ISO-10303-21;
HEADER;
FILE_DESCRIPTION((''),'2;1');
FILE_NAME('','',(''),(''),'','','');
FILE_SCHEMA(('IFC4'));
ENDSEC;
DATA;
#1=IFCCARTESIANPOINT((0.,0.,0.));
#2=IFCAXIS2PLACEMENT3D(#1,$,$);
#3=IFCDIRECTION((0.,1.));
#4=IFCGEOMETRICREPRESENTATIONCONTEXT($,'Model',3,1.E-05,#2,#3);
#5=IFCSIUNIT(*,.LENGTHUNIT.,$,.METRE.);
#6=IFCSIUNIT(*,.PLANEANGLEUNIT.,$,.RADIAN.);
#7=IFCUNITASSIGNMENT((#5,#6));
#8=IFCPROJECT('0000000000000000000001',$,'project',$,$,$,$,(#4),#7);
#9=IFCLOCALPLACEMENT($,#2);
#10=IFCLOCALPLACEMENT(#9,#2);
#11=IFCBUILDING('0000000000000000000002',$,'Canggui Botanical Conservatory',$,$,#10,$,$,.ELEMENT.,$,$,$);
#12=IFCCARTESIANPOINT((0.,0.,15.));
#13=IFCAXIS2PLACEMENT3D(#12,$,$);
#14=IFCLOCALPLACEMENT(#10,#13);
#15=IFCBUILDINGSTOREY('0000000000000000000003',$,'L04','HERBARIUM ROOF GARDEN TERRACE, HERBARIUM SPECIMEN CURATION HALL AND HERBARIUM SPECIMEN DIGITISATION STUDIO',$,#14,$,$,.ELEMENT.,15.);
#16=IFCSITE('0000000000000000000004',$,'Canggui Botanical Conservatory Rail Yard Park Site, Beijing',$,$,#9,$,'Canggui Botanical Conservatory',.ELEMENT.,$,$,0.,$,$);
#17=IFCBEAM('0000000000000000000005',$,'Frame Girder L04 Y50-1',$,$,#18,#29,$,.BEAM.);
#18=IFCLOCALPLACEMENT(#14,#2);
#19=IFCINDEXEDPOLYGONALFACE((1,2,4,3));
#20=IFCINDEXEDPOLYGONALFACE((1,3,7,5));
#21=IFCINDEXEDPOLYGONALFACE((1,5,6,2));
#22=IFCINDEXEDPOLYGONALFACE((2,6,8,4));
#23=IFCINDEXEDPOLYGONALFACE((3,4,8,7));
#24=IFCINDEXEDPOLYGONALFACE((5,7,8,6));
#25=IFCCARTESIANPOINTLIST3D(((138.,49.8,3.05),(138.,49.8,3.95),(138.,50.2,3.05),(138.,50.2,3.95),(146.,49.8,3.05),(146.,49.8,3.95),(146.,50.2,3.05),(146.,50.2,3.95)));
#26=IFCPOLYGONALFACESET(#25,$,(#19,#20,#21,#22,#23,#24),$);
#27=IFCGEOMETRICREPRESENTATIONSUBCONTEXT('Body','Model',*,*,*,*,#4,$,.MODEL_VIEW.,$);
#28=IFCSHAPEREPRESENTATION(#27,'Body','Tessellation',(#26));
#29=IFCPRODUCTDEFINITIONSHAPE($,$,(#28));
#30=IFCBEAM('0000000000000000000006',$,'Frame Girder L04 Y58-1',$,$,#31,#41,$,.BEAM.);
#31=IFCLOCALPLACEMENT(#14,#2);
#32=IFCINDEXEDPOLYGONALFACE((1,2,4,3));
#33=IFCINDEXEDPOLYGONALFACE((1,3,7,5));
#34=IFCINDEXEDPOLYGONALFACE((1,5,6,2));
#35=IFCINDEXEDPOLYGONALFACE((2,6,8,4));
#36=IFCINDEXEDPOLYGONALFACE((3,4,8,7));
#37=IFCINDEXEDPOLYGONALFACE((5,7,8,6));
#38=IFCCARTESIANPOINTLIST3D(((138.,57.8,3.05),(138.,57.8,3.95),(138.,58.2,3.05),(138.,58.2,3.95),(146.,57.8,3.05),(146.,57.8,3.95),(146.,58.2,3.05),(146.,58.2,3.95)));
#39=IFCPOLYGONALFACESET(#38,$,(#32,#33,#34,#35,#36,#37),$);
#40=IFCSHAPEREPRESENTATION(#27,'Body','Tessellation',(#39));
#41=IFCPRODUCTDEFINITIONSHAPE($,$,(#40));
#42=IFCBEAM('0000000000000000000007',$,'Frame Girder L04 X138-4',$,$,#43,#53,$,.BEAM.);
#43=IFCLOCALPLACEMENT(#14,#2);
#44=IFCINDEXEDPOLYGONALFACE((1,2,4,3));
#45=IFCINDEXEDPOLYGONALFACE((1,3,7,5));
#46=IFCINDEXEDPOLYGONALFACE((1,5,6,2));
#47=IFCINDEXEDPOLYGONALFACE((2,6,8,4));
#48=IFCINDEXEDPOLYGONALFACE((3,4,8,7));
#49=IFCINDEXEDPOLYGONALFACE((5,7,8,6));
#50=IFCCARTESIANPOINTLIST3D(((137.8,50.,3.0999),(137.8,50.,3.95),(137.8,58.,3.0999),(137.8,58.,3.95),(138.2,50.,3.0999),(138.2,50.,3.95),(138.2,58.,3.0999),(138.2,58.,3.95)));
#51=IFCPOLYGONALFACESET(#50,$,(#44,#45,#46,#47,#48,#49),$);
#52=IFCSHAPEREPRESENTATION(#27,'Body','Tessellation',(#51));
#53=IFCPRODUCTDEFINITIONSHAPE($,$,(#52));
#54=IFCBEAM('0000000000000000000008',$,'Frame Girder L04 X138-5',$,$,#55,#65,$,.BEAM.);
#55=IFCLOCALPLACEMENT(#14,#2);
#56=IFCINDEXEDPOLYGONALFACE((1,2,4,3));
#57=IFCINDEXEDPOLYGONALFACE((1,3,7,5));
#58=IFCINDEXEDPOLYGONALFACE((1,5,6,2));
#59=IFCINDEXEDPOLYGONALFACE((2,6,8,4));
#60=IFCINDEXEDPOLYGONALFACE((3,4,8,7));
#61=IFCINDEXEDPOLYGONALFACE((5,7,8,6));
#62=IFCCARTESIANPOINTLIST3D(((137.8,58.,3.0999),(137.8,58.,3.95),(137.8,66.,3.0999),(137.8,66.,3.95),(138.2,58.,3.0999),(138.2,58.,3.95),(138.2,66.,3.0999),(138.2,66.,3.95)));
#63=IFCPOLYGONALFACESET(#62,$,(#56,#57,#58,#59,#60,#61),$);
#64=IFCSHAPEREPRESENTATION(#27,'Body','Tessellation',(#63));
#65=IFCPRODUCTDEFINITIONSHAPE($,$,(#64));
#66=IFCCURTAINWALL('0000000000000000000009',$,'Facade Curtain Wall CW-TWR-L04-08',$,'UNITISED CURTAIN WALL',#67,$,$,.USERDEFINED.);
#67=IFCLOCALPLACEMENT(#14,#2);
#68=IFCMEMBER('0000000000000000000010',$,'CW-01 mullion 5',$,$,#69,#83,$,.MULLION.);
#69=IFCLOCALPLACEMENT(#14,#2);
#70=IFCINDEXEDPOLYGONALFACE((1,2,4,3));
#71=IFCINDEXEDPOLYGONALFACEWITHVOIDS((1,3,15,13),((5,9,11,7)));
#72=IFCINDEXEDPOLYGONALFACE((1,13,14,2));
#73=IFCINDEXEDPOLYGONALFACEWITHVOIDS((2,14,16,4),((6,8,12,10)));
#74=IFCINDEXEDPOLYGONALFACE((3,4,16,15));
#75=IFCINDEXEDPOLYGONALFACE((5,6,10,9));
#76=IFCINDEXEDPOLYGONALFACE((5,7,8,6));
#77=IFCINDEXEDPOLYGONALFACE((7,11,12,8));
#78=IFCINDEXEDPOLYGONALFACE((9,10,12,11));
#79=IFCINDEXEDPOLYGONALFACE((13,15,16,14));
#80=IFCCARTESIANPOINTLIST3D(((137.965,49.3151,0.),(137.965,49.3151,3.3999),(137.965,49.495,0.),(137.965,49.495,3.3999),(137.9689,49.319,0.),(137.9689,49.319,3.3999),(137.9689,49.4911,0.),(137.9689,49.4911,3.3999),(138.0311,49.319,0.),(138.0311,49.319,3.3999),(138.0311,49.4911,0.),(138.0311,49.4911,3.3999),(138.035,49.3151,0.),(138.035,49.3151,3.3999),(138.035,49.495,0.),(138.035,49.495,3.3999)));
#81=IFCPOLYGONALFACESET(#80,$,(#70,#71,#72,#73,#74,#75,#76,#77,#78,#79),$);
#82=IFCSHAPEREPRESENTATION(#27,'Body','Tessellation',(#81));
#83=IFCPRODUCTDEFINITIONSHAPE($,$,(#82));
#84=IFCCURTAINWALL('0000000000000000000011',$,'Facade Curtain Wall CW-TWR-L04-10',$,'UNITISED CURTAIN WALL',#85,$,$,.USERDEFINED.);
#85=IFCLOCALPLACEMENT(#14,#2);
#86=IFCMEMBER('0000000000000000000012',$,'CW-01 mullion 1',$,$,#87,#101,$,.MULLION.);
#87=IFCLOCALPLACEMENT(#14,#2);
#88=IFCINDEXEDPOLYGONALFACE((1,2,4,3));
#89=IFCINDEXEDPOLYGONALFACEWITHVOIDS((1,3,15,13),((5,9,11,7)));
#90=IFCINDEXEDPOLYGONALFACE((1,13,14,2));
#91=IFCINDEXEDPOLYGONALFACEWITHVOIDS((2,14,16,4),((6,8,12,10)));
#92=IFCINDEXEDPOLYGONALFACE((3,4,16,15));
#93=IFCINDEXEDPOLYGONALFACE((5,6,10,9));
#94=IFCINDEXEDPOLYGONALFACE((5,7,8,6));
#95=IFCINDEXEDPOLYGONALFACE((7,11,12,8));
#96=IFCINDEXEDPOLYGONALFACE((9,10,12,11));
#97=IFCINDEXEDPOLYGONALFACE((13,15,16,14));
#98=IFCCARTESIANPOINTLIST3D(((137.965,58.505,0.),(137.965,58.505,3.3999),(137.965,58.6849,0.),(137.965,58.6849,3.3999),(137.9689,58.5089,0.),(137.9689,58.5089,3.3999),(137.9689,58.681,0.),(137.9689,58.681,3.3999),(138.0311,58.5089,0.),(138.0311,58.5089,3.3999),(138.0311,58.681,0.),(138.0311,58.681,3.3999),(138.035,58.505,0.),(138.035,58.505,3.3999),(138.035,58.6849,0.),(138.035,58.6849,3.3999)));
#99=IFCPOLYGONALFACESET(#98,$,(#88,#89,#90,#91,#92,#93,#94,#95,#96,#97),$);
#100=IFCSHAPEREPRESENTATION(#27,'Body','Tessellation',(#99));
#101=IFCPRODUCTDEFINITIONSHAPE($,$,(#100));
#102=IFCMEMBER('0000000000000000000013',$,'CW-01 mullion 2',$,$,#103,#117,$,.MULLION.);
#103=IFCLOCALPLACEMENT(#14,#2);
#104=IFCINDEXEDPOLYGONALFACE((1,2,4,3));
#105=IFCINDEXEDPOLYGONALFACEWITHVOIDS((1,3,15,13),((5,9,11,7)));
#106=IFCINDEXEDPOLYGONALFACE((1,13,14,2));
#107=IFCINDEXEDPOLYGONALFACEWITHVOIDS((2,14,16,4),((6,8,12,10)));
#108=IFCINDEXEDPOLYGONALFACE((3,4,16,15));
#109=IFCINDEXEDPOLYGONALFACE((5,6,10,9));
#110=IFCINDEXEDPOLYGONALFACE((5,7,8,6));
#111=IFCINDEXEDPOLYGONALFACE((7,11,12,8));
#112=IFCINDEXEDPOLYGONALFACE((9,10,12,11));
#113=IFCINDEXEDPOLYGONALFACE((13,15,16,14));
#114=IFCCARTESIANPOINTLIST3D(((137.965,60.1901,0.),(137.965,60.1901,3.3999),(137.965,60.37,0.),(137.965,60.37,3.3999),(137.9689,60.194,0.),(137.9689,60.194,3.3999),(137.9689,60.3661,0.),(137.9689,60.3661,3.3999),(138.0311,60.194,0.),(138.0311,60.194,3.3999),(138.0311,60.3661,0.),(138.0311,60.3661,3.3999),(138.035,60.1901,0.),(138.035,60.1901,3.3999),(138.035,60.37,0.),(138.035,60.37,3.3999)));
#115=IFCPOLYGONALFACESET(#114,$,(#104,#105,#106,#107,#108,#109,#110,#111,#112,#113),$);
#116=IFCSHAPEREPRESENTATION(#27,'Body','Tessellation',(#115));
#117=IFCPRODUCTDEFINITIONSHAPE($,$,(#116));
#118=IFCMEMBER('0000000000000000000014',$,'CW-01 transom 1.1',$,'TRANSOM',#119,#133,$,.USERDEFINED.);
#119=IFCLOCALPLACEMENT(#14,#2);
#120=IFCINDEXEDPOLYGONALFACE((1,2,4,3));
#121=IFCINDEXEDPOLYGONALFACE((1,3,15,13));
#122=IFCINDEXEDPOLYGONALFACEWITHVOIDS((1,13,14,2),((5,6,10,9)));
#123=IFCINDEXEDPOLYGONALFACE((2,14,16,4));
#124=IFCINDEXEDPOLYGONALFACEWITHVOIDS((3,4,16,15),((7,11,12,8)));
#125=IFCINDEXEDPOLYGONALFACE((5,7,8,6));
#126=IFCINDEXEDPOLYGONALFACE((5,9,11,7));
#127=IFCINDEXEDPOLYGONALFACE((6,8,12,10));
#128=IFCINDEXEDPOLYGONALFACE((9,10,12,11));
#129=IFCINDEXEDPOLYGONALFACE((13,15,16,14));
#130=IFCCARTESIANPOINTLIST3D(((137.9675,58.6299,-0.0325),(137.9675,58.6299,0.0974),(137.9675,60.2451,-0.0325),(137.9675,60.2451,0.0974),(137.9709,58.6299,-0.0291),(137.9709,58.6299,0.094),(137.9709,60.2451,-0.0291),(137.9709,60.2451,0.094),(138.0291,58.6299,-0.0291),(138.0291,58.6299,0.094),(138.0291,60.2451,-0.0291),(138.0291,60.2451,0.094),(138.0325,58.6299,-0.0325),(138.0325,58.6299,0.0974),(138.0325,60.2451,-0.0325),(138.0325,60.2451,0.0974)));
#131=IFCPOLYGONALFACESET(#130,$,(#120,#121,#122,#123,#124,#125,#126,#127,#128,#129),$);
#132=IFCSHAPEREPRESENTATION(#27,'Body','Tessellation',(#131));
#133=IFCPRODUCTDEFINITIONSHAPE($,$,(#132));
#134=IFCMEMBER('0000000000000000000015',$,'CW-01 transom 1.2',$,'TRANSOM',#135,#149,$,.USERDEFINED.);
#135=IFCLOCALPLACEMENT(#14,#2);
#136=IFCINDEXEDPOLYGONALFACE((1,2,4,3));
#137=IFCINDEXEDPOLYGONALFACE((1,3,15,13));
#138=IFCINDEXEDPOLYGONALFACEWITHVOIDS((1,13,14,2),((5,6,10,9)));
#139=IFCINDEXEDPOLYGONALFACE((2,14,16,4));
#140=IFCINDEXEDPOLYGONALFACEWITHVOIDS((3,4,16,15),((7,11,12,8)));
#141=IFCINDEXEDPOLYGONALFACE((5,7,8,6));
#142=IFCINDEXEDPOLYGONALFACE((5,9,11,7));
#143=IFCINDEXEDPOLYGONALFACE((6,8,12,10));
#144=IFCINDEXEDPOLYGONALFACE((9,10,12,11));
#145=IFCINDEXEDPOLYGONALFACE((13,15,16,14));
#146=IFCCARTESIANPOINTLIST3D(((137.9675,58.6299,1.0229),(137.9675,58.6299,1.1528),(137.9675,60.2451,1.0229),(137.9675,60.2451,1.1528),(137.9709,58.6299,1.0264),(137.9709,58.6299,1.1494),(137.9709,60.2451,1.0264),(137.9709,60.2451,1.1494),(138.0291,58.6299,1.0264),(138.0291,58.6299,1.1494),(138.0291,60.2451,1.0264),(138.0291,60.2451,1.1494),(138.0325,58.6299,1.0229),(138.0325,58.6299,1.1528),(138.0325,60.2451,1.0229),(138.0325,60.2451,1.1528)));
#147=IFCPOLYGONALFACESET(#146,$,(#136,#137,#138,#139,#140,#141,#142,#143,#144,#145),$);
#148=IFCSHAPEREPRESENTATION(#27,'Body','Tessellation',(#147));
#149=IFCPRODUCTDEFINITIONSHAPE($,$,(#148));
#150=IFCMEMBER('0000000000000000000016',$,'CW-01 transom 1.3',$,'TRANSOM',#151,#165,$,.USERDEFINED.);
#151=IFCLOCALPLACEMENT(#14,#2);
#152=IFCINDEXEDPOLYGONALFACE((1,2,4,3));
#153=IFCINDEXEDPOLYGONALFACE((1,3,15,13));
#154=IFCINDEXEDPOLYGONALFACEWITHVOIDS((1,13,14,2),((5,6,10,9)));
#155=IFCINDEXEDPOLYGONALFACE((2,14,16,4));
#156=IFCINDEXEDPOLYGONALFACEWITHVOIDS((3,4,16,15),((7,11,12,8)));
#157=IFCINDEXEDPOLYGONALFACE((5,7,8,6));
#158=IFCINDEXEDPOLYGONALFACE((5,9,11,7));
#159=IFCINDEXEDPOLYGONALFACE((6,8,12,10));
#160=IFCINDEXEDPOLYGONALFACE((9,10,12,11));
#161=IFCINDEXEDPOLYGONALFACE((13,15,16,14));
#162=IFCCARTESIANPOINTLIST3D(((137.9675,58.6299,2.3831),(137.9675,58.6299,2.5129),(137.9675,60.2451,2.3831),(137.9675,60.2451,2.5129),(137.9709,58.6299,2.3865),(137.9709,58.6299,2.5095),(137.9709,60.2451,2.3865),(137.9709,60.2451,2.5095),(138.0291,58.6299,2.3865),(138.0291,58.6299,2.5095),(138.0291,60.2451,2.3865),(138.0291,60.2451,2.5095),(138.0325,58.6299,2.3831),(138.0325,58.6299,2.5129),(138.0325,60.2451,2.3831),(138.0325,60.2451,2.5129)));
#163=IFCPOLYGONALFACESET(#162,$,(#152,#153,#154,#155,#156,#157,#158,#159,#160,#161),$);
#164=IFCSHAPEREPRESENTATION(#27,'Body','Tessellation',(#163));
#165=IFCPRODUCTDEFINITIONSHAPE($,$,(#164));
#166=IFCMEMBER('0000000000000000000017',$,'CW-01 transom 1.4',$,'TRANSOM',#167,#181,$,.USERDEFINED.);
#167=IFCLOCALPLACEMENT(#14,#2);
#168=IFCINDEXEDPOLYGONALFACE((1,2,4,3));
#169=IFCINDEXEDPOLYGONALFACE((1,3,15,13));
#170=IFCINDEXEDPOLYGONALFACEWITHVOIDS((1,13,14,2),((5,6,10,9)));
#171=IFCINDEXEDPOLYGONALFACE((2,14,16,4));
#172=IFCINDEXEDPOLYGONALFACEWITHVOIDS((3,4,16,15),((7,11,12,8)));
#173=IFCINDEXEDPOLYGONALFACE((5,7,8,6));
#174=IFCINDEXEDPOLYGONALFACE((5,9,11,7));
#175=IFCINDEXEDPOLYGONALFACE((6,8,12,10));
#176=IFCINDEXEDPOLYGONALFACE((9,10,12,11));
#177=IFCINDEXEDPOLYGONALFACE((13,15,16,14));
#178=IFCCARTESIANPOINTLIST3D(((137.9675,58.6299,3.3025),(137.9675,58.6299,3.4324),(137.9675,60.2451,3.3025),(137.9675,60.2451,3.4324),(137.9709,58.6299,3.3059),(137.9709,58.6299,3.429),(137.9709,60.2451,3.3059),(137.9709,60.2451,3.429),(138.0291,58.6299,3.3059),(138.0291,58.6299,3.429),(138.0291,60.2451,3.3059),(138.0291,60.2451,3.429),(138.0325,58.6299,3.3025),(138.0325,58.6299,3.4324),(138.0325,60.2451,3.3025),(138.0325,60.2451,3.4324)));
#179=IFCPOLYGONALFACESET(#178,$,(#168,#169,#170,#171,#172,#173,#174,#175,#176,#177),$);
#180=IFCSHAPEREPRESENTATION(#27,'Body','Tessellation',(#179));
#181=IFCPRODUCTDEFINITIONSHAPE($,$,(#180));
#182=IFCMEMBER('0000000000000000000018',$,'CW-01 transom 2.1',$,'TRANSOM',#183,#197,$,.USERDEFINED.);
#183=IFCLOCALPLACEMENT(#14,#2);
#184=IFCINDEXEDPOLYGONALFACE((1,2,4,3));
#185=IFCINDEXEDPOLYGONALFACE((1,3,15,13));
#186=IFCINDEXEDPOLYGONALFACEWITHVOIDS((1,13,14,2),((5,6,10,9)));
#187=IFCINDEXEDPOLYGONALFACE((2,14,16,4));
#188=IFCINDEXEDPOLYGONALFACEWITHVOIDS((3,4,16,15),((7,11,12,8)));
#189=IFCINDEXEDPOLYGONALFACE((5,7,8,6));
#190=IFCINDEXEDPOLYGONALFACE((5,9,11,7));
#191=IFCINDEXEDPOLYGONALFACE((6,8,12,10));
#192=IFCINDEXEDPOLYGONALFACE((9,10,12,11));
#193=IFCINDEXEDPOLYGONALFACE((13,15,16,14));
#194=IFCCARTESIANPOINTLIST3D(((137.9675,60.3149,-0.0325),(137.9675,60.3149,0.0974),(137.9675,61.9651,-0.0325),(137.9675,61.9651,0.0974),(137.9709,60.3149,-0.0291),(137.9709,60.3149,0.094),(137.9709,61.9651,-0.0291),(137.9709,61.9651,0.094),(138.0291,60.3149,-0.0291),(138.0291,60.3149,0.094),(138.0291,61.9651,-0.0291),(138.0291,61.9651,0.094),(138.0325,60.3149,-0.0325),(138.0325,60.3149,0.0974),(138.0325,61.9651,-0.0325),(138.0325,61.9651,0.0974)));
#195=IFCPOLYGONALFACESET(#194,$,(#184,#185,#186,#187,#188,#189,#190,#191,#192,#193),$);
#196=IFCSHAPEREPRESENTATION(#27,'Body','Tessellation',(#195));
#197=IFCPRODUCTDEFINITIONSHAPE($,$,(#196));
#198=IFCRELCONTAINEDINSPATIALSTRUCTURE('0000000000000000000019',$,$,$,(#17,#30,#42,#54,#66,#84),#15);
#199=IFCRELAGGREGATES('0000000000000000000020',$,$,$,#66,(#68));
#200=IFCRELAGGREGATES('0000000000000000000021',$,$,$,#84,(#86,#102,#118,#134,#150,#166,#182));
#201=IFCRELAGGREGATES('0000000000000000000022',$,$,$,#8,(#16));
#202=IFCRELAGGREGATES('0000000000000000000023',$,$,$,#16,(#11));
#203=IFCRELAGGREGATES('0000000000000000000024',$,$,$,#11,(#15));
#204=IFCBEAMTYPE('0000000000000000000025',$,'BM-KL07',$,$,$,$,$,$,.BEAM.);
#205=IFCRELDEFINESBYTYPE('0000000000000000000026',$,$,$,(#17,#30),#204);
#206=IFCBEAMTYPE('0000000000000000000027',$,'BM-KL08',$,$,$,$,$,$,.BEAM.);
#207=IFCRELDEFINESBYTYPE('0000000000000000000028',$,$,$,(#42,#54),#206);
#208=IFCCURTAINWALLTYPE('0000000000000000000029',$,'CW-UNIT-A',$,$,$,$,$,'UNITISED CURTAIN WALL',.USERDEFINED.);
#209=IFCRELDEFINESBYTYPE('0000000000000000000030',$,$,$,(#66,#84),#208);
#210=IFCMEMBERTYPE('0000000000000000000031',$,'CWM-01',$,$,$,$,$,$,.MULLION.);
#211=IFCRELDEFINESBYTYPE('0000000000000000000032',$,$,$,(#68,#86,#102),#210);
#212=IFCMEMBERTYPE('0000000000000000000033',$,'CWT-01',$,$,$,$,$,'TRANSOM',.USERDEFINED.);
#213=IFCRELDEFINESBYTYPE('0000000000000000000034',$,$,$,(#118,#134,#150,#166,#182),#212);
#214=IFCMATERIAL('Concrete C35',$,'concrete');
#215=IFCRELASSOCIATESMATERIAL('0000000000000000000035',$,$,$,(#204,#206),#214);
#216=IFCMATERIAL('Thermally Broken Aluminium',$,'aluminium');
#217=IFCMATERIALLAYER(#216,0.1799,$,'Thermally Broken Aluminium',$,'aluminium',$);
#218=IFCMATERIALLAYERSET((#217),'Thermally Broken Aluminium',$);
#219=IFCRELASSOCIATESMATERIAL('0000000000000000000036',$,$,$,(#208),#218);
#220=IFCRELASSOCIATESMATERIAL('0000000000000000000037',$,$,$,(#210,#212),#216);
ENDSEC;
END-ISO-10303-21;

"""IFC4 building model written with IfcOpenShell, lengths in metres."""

from ifc_helpers import new_model, si_unit, direction, frame, origin, origin_2d, place, context, subcontext, project, spatial, rectangle, hollow_rectangle, extrude, material, layer, layer_set, material_profile, profile_set, type_object, element, aggregate, save


model = new_model("IFC4")

# Units and contexts
model_context = context("Model", 3, precision=1e-05, world=origin(), true_north=direction((0.0, 1.0)))
body_context = subcontext(model_context, "Body", "Model", "MODEL_VIEW")
ifc_project = project(units=[si_unit("LENGTHUNIT", "METRE"), si_unit("PLANEANGLEUNIT", "RADIAN")], contexts=[model_context])

# Site, building, storey
site_placement = place(None, origin())
site = spatial("IfcSite", under=ifc_project, at=site_placement, Name="Canggui Botanical Conservatory Rail Yard Park Site, Beijing", LongName="Canggui Botanical Conservatory", CompositionType="ELEMENT", RefElevation=0.0)
building_placement = place(site_placement, origin())
building = spatial("IfcBuilding", under=site, at=building_placement, Name="Canggui Botanical Conservatory", CompositionType="ELEMENT")
storey_placement = place(building_placement, frame((0.0, 0.0, 15.0)))
storey = spatial("IfcBuildingStorey", under=building, at=storey_placement, Name="L04", Description="HERBARIUM ROOF GARDEN TERRACE, HERBARIUM SPECIMEN CURATION HALL AND HERBARIUM SPECIMEN DIGITISATION STUDIO", CompositionType="ELEMENT", Elevation=15.0)

# Beams
ifc_material_1 = material(Name="Concrete C35", Category="concrete")
ifc_material_profile_1 = material_profile(ifc_material_1, rectangle(XDim=0.3999, YDim=0.8999, at=origin_2d()), Name="RB 400x900")
ifc_profile_set_1 = profile_set([ifc_material_profile_1], Name="Concrete C35")
beam_type_1 = type_object("IfcBeamType", Name="BM-KL07", PredefinedType="BEAM", material=ifc_profile_set_1)
for number, where, z_axis, x_axis, name in (
    (1, (138.0, 50.0, 3.5), (1.0, 0.0, 0.0), (0.0, 1.0, 0.0), "Frame Girder L04 Y50-1"),
    (2, (138.0, 58.0, 3.5), (1.0, 0.0, 0.0), (0.0, 1.0, 0.0), "Frame Girder L04 Y58-1"),
):
    element("IfcBeam", number, at=place(storey_placement, frame(where, z_axis=z_axis, x_axis=x_axis)), inside=storey, type_object=beam_type_1, Name=name, PredefinedType="BEAM", context=body_context, shape_type="SweptSolid", body=[
        extrude(rectangle(XDim=0.3999, YDim=0.8999, at=origin_2d()), origin(), (0.0, 0.0, 1.0), 8.0),
    ])
ifc_material_profile_2 = material_profile(ifc_material_1, rectangle(XDim=0.3999, YDim=0.8501, at=origin_2d()), Name="RB 400x850")
ifc_profile_set_2 = profile_set([ifc_material_profile_2], Name="Concrete C35")
beam_type_2 = type_object("IfcBeamType", Name="BM-KL08", PredefinedType="BEAM", material=ifc_profile_set_2)
for number, where, z_axis, x_axis, name in (
    (3, (138.0, 50.0, 3.5249), (0.0, 1.0, 0.0), (-1.0, 0.0, 0.0), "Frame Girder L04 X138-4"),
    (4, (138.0, 58.0, 3.5249), (0.0, 1.0, 0.0), (-1.0, 0.0, 0.0), "Frame Girder L04 X138-5"),
):
    element("IfcBeam", number, at=place(storey_placement, frame(where, z_axis=z_axis, x_axis=x_axis)), inside=storey, type_object=beam_type_2, Name=name, PredefinedType="BEAM", context=body_context, shape_type="SweptSolid", body=[
        extrude(rectangle(XDim=0.3999, YDim=0.8501, at=origin_2d()), origin(), (0.0, 0.0, 1.0), 8.0),
    ])

# Curtain wall, member
ifc_material_2 = material(Name="Thermally Broken Aluminium", Category="aluminium")
ifc_layer_1 = layer(ifc_material_2, 0.1799, Name="Thermally Broken Aluminium", Category="aluminium")
ifc_layer_set_1 = layer_set([ifc_layer_1], Name="Thermally Broken Aluminium")
curtain_wall_type = type_object("IfcCurtainWallType", Name="CW-UNIT-A", ElementType="UNITISED CURTAIN WALL", PredefinedType="USERDEFINED", material=ifc_layer_set_1)
curtain_wall_1_placement = place(storey_placement, origin())
curtain_wall_1 = element("IfcCurtainWall", 5, at=curtain_wall_1_placement, inside=storey, type_object=curtain_wall_type, Name="Facade Curtain Wall CW-TWR-L04-08", ObjectType="UNITISED CURTAIN WALL", PredefinedType="USERDEFINED")
ifc_material_profile_3 = material_profile(ifc_material_2, hollow_rectangle(XDim=0.0701, YDim=0.1799, WallThickness=0.0039, at=origin_2d()), Name="CWM 70x180x4")
ifc_profile_set_3 = profile_set([ifc_material_profile_3], Name="Thermally Broken Aluminium")
member_type_1 = type_object("IfcMemberType", Name="CWM-01", PredefinedType="MULLION", material=ifc_profile_set_3)
member_1_placement = place(storey_placement, frame((138.0, 49.405, 0.0), z_axis=(0.0, 0.0, 1.0), x_axis=(-1.0, 0.0, 0.0)))
member_1 = element("IfcMember", 6, at=member_1_placement, type_object=member_type_1, Name="CW-01 mullion 5", PredefinedType="MULLION", context=body_context, shape_type="SweptSolid", body=[
    extrude(hollow_rectangle(XDim=0.0701, YDim=0.1799, WallThickness=0.0039, at=origin_2d()), origin(), (0.0, 0.0, 1.0), 3.3999),
])

# Curtain wall, members
curtain_wall_2_placement = place(storey_placement, origin())
curtain_wall_2 = element("IfcCurtainWall", 7, at=curtain_wall_2_placement, inside=storey, type_object=curtain_wall_type, Name="Facade Curtain Wall CW-TWR-L04-10", ObjectType="UNITISED CURTAIN WALL", PredefinedType="USERDEFINED")
member_2_placement = place(storey_placement, frame((138.0, 58.595, 0.0), z_axis=(0.0, 0.0, 1.0), x_axis=(-1.0, 0.0, 0.0)))
member_2 = element("IfcMember", 8, at=member_2_placement, type_object=member_type_1, Name="CW-01 mullion 1", PredefinedType="MULLION", context=body_context, shape_type="SweptSolid", body=[
    extrude(hollow_rectangle(XDim=0.0701, YDim=0.1799, WallThickness=0.0039, at=origin_2d()), origin(), (0.0, 0.0, 1.0), 3.3999),
])
member_3_placement = place(storey_placement, frame((138.0, 60.28, 0.0), z_axis=(0.0, 0.0, 1.0), x_axis=(-1.0, 0.0, 0.0)))
member_3 = element("IfcMember", 9, at=member_3_placement, type_object=member_type_1, Name="CW-01 mullion 2", PredefinedType="MULLION", context=body_context, shape_type="SweptSolid", body=[
    extrude(hollow_rectangle(XDim=0.0701, YDim=0.1799, WallThickness=0.0039, at=origin_2d()), origin(), (0.0, 0.0, 1.0), 3.3999),
])
ifc_material_profile_4 = material_profile(ifc_material_2, hollow_rectangle(XDim=0.0649, YDim=0.1299, WallThickness=0.0034, at=origin_2d()), Name="CWT 65x130x3.5")
ifc_profile_set_4 = profile_set([ifc_material_profile_4], Name="Thermally Broken Aluminium")
member_type_2 = type_object("IfcMemberType", Name="CWT-01", ElementType="TRANSOM", PredefinedType="USERDEFINED", material=ifc_profile_set_4)
member_4_placement = place(storey_placement, frame((138.0, 58.6299, 0.0325), z_axis=(0.0, 1.0, 0.0), x_axis=(-1.0, 0.0, 0.0)))
member_4 = element("IfcMember", 10, at=member_4_placement, type_object=member_type_2, Name="CW-01 transom 1.1", ObjectType="TRANSOM", PredefinedType="USERDEFINED", context=body_context, shape_type="SweptSolid", body=[
    extrude(hollow_rectangle(XDim=0.0649, YDim=0.1299, WallThickness=0.0034, at=origin_2d()), origin(), (0.0, 0.0, 1.0), 1.6152),
])
member_5_placement = place(storey_placement, frame((138.0, 58.6299, 1.0879), z_axis=(0.0, 1.0, 0.0), x_axis=(-1.0, 0.0, 0.0)))
member_5 = element("IfcMember", 11, at=member_5_placement, type_object=member_type_2, Name="CW-01 transom 1.2", ObjectType="TRANSOM", PredefinedType="USERDEFINED", context=body_context, shape_type="SweptSolid", body=[
    extrude(hollow_rectangle(XDim=0.0649, YDim=0.1299, WallThickness=0.0034, at=origin_2d()), origin(), (0.0, 0.0, 1.0), 1.6152),
])
member_6_placement = place(storey_placement, frame((138.0, 58.6299, 2.448), z_axis=(0.0, 1.0, 0.0), x_axis=(-1.0, 0.0, 0.0)))
member_6 = element("IfcMember", 12, at=member_6_placement, type_object=member_type_2, Name="CW-01 transom 1.3", ObjectType="TRANSOM", PredefinedType="USERDEFINED", context=body_context, shape_type="SweptSolid", body=[
    extrude(hollow_rectangle(XDim=0.0649, YDim=0.1299, WallThickness=0.0034, at=origin_2d()), origin(), (0.0, 0.0, 1.0), 1.6152),
])
member_7_placement = place(storey_placement, frame((138.0, 58.6299, 3.3674), z_axis=(0.0, 1.0, 0.0), x_axis=(-1.0, 0.0, 0.0)))
member_7 = element("IfcMember", 13, at=member_7_placement, type_object=member_type_2, Name="CW-01 transom 1.4", ObjectType="TRANSOM", PredefinedType="USERDEFINED", context=body_context, shape_type="SweptSolid", body=[
    extrude(hollow_rectangle(XDim=0.0649, YDim=0.1299, WallThickness=0.0034, at=origin_2d()), origin(), (0.0, 0.0, 1.0), 1.6152),
])
member_8_placement = place(storey_placement, frame((138.0, 60.3149, 0.0325), z_axis=(0.0, 1.0, 0.0), x_axis=(-1.0, 0.0, 0.0)))
member_8 = element("IfcMember", 14, at=member_8_placement, type_object=member_type_2, Name="CW-01 transom 2.1", ObjectType="TRANSOM", PredefinedType="USERDEFINED", context=body_context, shape_type="SweptSolid", body=[
    extrude(hollow_rectangle(XDim=0.0649, YDim=0.1299, WallThickness=0.0034, at=origin_2d()), origin(), (0.0, 0.0, 1.0), 1.6501),
])

aggregate(curtain_wall_1, [member_1])
aggregate(curtain_wall_2, [member_2, member_3, member_4, member_5, member_6, member_7, member_8])

save(model, "model.ifc")
